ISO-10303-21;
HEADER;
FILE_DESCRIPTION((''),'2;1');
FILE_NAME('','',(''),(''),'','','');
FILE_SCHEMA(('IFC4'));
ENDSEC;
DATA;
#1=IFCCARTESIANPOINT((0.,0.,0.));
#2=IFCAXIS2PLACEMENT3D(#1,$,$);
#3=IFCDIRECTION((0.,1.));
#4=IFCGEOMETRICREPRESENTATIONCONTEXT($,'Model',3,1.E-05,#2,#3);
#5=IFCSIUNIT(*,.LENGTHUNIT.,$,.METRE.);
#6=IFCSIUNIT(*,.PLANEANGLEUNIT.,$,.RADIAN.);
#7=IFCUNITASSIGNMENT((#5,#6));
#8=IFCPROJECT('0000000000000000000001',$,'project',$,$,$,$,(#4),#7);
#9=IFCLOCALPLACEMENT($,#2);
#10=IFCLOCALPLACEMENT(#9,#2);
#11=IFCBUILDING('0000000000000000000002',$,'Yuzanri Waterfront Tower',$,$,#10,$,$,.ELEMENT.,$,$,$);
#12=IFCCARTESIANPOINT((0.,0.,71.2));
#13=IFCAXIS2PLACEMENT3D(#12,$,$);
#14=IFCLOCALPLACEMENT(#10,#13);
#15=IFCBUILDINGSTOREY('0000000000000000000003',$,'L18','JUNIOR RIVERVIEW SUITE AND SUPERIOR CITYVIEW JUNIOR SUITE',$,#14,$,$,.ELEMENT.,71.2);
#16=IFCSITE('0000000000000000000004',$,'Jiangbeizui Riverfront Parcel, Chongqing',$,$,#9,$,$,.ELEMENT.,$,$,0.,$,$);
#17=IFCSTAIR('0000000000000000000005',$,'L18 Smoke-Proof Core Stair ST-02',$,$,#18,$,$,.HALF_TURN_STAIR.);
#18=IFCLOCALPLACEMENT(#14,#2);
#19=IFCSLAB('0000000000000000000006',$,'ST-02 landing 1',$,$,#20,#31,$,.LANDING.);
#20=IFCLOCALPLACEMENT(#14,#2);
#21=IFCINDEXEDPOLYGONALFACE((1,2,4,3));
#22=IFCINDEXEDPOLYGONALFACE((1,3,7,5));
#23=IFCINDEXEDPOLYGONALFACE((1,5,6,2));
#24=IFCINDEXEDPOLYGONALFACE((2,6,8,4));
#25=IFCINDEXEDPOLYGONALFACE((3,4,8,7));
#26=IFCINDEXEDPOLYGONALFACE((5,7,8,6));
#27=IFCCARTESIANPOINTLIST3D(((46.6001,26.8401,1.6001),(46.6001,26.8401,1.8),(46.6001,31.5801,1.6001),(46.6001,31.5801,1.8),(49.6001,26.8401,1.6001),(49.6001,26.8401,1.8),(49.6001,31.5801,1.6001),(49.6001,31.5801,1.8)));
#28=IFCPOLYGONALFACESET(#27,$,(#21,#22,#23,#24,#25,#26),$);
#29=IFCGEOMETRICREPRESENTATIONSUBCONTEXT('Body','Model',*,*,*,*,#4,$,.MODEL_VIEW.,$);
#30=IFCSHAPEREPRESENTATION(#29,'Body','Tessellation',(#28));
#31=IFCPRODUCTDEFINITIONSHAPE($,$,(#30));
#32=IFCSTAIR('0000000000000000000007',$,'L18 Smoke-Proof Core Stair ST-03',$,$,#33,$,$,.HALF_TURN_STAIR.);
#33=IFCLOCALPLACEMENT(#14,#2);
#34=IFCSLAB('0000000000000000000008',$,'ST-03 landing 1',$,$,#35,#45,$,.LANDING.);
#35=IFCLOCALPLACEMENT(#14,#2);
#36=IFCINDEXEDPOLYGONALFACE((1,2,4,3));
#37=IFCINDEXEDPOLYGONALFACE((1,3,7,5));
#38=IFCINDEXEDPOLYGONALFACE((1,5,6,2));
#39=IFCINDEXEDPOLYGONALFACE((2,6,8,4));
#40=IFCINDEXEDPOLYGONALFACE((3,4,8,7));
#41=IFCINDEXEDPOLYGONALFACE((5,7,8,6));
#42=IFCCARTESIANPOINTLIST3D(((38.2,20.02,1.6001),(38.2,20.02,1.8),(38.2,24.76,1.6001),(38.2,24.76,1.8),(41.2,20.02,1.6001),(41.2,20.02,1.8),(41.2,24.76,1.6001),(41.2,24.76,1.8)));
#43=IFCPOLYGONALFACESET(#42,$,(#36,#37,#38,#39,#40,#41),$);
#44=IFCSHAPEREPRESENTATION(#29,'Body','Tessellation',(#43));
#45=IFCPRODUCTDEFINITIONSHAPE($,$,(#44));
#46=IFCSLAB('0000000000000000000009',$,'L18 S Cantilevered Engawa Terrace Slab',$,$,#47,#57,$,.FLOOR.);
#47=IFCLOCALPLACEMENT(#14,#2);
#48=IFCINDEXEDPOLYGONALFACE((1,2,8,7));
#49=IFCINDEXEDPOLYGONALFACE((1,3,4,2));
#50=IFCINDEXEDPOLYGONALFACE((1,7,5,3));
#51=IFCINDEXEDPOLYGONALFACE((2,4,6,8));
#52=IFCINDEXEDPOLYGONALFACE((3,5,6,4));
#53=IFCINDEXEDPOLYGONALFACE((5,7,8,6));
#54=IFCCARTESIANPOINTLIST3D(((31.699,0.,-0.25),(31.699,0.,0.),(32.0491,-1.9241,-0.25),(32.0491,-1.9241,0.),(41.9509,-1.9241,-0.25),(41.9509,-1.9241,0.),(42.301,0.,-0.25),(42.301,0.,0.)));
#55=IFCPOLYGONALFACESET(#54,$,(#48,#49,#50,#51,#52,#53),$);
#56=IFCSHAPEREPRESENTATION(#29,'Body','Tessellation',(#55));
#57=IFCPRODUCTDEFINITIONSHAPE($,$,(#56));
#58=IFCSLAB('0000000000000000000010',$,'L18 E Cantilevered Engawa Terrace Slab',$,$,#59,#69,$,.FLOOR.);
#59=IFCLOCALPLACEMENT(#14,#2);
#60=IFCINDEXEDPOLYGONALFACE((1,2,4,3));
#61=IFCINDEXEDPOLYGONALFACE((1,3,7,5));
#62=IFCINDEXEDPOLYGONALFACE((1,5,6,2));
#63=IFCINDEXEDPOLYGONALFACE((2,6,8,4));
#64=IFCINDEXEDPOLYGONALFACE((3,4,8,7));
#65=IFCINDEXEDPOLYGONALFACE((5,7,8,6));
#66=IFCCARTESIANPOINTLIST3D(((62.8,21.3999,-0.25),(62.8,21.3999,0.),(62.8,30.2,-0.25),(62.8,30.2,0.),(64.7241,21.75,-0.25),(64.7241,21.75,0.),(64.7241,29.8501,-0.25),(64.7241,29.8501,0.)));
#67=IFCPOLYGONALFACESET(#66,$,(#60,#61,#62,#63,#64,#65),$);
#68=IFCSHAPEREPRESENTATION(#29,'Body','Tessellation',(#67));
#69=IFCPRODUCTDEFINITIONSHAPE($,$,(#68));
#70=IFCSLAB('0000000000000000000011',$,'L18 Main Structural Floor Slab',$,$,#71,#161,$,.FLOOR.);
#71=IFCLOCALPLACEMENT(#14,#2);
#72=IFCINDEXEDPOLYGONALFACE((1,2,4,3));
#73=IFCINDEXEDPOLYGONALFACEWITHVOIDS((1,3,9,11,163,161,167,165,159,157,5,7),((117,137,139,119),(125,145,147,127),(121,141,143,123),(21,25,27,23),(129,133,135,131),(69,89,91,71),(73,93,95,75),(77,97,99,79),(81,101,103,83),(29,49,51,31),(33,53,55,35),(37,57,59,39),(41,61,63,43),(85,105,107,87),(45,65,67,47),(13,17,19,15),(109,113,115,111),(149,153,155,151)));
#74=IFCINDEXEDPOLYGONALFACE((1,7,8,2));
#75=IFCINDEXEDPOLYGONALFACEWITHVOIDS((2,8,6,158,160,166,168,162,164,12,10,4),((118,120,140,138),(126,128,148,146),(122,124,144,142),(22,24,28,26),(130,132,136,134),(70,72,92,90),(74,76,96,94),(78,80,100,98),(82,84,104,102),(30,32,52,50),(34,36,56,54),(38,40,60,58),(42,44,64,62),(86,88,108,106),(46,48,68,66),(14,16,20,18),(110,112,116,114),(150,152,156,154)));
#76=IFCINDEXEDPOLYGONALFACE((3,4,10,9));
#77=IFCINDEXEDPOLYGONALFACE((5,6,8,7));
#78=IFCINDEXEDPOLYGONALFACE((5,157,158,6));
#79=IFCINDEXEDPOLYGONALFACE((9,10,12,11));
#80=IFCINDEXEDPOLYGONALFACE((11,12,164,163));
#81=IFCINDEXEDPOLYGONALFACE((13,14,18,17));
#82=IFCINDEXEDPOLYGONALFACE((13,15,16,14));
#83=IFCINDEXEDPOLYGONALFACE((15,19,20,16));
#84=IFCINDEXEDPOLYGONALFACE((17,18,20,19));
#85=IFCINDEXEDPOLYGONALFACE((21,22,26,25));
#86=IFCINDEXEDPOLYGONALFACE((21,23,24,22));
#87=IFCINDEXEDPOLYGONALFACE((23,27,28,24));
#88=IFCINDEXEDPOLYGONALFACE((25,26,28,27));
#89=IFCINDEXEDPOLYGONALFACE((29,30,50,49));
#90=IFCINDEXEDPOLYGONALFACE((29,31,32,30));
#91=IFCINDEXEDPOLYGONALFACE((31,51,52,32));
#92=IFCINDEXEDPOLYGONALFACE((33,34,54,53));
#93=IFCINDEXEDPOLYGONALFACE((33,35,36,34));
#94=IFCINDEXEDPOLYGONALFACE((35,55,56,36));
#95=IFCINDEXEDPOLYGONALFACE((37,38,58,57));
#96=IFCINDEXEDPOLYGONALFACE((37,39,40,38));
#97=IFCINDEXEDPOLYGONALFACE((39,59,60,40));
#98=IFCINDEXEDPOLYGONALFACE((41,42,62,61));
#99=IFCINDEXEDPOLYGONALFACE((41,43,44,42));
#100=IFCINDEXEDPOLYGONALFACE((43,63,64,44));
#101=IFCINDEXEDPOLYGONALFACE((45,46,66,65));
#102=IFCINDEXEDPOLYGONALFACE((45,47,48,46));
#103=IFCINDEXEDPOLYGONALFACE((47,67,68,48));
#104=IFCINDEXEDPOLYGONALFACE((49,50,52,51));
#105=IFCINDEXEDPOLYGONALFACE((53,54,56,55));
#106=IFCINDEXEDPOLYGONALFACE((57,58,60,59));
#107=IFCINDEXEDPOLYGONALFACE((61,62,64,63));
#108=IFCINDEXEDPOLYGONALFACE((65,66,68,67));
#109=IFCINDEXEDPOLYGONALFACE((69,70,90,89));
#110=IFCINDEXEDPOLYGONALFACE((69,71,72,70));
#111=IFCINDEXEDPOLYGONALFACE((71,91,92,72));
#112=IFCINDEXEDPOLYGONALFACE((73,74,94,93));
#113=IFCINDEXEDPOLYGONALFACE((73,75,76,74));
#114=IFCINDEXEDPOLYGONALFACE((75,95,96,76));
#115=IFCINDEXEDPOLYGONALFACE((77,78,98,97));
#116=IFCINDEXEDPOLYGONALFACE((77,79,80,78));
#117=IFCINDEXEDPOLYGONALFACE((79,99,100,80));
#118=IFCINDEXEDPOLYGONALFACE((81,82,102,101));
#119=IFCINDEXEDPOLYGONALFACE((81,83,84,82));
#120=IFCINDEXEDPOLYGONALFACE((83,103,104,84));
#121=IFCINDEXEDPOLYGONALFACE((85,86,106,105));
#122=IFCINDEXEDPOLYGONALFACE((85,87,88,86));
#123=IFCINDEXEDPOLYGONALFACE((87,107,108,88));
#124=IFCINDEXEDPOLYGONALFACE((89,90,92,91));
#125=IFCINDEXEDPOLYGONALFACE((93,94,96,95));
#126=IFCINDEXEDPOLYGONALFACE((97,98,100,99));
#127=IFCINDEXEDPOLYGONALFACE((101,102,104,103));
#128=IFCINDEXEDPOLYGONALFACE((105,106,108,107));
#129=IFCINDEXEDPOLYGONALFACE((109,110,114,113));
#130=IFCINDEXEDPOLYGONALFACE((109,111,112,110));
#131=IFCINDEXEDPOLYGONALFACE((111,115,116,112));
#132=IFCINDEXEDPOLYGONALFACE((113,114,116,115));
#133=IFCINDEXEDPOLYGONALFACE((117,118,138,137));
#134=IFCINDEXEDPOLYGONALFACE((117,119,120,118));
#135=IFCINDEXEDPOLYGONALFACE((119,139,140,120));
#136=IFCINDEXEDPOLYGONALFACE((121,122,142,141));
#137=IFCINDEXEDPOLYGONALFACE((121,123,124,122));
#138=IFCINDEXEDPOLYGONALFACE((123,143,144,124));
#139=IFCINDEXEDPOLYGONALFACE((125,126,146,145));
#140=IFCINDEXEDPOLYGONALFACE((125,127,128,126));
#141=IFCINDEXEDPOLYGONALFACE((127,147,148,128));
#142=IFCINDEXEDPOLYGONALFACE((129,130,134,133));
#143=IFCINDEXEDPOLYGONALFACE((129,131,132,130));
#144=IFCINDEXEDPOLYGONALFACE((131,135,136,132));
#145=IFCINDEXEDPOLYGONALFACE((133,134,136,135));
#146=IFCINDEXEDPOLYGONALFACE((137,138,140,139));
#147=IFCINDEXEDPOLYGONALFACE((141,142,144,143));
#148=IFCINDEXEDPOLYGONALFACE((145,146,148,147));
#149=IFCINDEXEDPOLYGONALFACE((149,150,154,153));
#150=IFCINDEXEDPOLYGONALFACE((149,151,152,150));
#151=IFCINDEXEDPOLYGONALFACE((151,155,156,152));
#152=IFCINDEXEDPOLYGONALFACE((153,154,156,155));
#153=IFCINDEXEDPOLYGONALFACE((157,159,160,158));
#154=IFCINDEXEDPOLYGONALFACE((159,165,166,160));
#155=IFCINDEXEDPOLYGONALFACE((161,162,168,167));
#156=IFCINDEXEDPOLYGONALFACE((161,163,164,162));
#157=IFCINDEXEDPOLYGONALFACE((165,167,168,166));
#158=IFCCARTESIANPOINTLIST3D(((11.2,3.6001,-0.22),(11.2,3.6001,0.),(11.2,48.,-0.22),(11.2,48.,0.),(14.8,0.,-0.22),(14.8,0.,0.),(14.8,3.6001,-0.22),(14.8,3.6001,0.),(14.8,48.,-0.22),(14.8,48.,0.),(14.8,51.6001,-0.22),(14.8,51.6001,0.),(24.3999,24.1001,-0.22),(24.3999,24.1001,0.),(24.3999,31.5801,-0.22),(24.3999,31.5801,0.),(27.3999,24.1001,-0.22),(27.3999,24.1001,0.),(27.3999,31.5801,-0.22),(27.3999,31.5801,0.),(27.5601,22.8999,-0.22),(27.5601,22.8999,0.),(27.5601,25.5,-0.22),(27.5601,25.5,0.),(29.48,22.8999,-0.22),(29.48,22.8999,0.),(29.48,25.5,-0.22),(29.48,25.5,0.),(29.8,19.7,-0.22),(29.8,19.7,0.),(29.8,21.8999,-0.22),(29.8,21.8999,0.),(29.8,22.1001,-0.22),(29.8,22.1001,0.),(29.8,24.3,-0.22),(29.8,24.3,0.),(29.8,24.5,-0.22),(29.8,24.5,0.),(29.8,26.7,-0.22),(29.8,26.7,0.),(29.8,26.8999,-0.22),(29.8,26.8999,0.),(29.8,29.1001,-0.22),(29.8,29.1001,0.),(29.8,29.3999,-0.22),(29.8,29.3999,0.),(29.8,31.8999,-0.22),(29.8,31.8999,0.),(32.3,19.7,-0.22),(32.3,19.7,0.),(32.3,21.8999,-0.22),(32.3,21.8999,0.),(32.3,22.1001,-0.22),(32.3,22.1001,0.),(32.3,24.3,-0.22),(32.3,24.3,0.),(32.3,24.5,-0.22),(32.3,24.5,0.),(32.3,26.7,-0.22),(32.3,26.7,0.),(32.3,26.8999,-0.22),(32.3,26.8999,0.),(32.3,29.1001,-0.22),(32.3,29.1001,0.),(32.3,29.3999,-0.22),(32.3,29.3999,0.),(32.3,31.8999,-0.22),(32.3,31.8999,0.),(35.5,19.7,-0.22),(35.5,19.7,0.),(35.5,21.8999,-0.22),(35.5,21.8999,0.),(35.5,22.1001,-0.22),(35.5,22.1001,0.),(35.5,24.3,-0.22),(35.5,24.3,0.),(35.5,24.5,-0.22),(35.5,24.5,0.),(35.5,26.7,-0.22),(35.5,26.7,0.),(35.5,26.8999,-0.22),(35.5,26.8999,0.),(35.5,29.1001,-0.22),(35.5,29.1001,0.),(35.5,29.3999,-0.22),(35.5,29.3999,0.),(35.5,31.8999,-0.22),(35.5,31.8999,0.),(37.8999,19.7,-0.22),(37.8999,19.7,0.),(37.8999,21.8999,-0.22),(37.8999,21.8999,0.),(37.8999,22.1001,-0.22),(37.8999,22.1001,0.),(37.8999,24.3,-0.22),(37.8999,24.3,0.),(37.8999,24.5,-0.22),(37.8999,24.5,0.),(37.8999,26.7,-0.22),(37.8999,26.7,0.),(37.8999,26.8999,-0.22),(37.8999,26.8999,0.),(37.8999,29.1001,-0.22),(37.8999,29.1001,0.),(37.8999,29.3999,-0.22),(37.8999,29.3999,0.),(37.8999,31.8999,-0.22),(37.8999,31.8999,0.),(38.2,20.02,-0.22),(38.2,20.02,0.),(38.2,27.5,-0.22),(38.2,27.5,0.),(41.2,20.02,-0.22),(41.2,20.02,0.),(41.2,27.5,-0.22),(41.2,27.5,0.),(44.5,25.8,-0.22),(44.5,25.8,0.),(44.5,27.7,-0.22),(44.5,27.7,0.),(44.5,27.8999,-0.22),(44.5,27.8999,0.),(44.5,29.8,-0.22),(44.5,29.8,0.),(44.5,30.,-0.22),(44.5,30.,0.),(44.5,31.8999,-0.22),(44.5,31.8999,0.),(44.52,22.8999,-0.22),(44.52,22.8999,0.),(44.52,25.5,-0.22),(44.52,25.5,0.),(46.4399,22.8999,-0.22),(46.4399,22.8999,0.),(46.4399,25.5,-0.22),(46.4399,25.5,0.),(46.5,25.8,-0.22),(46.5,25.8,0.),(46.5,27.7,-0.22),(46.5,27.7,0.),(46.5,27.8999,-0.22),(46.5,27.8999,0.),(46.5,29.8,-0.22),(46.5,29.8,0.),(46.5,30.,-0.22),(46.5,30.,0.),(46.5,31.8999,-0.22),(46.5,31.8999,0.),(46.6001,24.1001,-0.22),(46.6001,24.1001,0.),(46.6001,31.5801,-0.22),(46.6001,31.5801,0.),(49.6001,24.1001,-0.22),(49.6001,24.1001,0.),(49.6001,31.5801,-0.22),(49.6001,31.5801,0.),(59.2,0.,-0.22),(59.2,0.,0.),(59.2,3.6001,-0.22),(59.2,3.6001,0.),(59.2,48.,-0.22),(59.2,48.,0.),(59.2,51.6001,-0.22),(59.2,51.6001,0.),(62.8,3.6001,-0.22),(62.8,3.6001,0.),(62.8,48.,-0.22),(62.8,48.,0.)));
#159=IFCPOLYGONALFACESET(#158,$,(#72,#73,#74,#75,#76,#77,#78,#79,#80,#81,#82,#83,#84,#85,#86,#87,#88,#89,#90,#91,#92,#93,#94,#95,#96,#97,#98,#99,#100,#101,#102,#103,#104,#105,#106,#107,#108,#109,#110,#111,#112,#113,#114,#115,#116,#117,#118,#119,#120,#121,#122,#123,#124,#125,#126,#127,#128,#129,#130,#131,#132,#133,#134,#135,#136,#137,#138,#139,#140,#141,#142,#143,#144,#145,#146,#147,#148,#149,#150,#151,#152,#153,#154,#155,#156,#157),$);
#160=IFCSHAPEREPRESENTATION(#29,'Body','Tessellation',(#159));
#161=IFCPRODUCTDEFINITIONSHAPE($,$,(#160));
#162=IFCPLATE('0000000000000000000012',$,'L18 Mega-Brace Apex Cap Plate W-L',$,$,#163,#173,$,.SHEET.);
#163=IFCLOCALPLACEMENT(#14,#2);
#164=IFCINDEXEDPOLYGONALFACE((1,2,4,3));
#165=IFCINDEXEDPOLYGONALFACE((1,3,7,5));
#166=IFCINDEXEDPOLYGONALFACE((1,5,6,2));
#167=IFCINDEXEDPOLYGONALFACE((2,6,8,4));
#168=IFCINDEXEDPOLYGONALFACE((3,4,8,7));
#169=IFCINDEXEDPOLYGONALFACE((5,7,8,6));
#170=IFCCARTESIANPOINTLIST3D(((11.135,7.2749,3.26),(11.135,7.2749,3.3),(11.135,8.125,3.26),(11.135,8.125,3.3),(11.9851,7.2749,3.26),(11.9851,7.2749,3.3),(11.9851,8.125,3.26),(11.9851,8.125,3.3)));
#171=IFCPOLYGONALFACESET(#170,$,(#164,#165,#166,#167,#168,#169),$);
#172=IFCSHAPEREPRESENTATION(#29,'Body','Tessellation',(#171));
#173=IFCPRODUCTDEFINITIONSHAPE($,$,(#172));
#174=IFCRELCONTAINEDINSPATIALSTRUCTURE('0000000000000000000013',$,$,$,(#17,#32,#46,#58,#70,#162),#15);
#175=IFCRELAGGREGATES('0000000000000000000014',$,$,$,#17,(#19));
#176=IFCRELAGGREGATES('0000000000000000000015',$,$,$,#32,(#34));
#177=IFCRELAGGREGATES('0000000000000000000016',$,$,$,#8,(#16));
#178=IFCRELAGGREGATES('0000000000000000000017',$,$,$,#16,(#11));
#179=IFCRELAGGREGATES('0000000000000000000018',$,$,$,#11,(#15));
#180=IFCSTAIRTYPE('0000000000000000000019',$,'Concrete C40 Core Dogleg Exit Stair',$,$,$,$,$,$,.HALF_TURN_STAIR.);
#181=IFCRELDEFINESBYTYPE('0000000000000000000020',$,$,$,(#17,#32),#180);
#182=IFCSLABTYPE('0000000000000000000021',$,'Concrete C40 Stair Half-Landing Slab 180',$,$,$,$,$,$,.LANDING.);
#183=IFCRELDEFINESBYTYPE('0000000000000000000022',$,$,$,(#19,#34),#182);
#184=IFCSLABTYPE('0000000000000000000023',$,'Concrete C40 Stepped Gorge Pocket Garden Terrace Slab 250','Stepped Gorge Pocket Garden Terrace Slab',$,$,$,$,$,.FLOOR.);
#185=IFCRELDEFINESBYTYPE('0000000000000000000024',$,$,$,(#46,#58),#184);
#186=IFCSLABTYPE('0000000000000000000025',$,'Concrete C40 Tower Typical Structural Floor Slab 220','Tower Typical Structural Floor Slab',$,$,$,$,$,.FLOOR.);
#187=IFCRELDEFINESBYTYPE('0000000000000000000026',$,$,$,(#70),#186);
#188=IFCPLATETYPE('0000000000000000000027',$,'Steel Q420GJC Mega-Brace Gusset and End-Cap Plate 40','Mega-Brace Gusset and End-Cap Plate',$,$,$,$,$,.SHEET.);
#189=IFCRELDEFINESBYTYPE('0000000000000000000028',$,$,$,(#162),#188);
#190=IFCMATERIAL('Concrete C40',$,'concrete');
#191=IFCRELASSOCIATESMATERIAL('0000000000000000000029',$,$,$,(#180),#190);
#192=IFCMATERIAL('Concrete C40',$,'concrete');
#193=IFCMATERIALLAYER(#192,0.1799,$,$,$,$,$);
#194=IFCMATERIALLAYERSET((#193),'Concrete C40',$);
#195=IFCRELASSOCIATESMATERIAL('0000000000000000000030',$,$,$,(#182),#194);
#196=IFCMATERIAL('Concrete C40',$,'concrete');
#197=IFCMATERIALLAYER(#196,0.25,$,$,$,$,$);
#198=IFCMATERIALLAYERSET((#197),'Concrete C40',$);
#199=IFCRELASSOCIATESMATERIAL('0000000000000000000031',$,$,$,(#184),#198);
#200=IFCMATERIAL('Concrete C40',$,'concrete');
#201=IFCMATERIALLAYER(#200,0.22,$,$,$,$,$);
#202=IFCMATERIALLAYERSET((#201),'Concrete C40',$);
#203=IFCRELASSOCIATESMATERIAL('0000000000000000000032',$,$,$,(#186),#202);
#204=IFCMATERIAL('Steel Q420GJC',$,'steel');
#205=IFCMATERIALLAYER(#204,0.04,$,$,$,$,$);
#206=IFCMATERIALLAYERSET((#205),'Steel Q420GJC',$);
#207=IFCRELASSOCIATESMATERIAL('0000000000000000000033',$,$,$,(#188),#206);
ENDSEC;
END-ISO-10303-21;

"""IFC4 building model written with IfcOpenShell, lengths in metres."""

from ifc_helpers import new_model, si_unit, direction, frame, origin, origin_2d, place, context, subcontext, project, spatial, polyline, rectangle, outline, extrude, source, transform, mapped, material, layer, layer_set, type_object, element, aggregate, save


model = new_model("IFC4")

# Units and contexts
model_context = context("Model", 3, precision=1e-05, world=origin(), true_north=direction((0.0, 1.0)))
body_context = subcontext(model_context, "Body", "Model", "MODEL_VIEW")
ifc_project = project(units=[si_unit("LENGTHUNIT", "METRE"), si_unit("PLANEANGLEUNIT", "RADIAN")], contexts=[model_context])

# Site, building, storey
site_placement = place(None, origin())
site = spatial("IfcSite", under=ifc_project, at=site_placement, Name="Jiangbeizui Riverfront Parcel, Chongqing", CompositionType="ELEMENT", RefElevation=0.0)
building_placement = place(site_placement, origin())
building = spatial("IfcBuilding", under=site, at=building_placement, Name="Yuzanri Waterfront Tower", CompositionType="ELEMENT")
storey_placement = place(building_placement, frame((0.0, 0.0, 71.2)))
storey = spatial("IfcBuildingStorey", under=building, at=storey_placement, Name="L18", Description="JUNIOR RIVERVIEW SUITE AND SUPERIOR CITYVIEW JUNIOR SUITE", CompositionType="ELEMENT", Elevation=71.2)

# Stairs, slabs
ifc_material_1 = material(Name="Concrete C40", Category="concrete")
stair_type = type_object("IfcStairType", Name="Concrete C40 Core Dogleg Exit Stair", PredefinedType="HALF_TURN_STAIR", material=ifc_material_1)
ifc_material_2 = material(Name="Concrete C40", Category="concrete")
ifc_layer_1 = layer(ifc_material_2, 0.1799)
ifc_layer_set_1 = layer_set([ifc_layer_1], Name="Concrete C40")
slab_type_1 = type_object("IfcSlabType", Name="Concrete C40 Stair Half-Landing Slab 180", PredefinedType="LANDING", material=ifc_layer_set_1)
stair_1_placement = place(storey_placement, origin())
stair_1 = element("IfcStair", 1, at=stair_1_placement, inside=storey, type_object=stair_type, Name="L18 Smoke-Proof Core Stair ST-02", PredefinedType="HALF_TURN_STAIR")
slab_1_placement = place(storey_placement, frame((0.0, 0.0, 1.6001)))
slab_1 = element("IfcSlab", 2, at=slab_1_placement, type_object=slab_type_1, Name="ST-02 landing 1", PredefinedType="LANDING", context=body_context, shape_type="SweptSolid", body=[
    extrude(outline(polyline([(49.6001, 26.8401), (49.6001, 31.5801), (46.6001, 31.5801), (46.6001, 26.8401), (49.6001, 26.8401)])), origin(), (0.0, 0.0, 1.0), 0.2),
])
aggregate(stair_1, [slab_1])
stair_2_placement = place(storey_placement, origin())
stair_2 = element("IfcStair", 3, at=stair_2_placement, inside=storey, type_object=stair_type, Name="L18 Smoke-Proof Core Stair ST-03", PredefinedType="HALF_TURN_STAIR")
slab_2_placement = place(storey_placement, frame((0.0, 0.0, 1.6001)))
slab_2 = element("IfcSlab", 4, at=slab_2_placement, type_object=slab_type_1, Name="ST-03 landing 1", PredefinedType="LANDING", context=body_context, shape_type="SweptSolid", body=[
    extrude(outline(polyline([(38.2, 24.76), (38.2, 20.02), (41.2, 20.02), (41.2, 24.76), (38.2, 24.76)])), origin(), (0.0, 0.0, 1.0), 0.2),
])
aggregate(stair_2, [slab_2])

# Slabs
ifc_material_3 = material(Name="Concrete C40", Category="concrete")
ifc_layer_2 = layer(ifc_material_3, 0.25)
ifc_layer_set_2 = layer_set([ifc_layer_2], Name="Concrete C40")
slab_type_2 = type_object("IfcSlabType", Name="Concrete C40 Stepped Gorge Pocket Garden Terrace Slab 250", Description="Stepped Gorge Pocket Garden Terrace Slab", PredefinedType="FLOOR", material=ifc_layer_set_2)
slab_3_placement = place(storey_placement, frame((0.0, 0.0, -0.25)))
element("IfcSlab", 5, at=slab_3_placement, inside=storey, type_object=slab_type_2, Name="L18 S Cantilevered Engawa Terrace Slab", PredefinedType="FLOOR", context=body_context, shape_type="SweptSolid", body=[
    extrude(outline(polyline([(31.699, 0.0), (42.301, 0.0), (41.9509, -1.9241), (32.0491, -1.9241), (31.699, 0.0)])), origin(), (0.0, 0.0, 1.0), 0.25),
])
slab_4_placement = place(storey_placement, frame((0.0, 0.0, -0.25)))
element("IfcSlab", 6, at=slab_4_placement, inside=storey, type_object=slab_type_2, Name="L18 E Cantilevered Engawa Terrace Slab", PredefinedType="FLOOR", context=body_context, shape_type="SweptSolid", body=[
    extrude(outline(polyline([(62.8, 21.3999), (64.7241, 21.75), (64.7241, 29.8501), (62.8, 30.2), (62.8, 21.3999)])), origin(), (0.0, 0.0, 1.0), 0.25),
])
ifc_material_4 = material(Name="Concrete C40", Category="concrete")
ifc_layer_3 = layer(ifc_material_4, 0.22)
ifc_layer_set_3 = layer_set([ifc_layer_3], Name="Concrete C40")
slab_type_3 = type_object("IfcSlabType", Name="Concrete C40 Tower Typical Structural Floor Slab 220", Description="Tower Typical Structural Floor Slab", PredefinedType="FLOOR", material=ifc_layer_set_3)
slab_5_placement = place(storey_placement, frame((0.0, 0.0, -0.22)))
element("IfcSlab", 7, at=slab_5_placement, inside=storey, type_object=slab_type_3, Name="L18 Main Structural Floor Slab", PredefinedType="FLOOR", context=body_context, shape_type="SweptSolid", body=[
    extrude(outline(polyline([(14.8, 0.0), (59.2, 0.0), (59.2, 3.6001), (62.8, 3.6001), (62.8, 48.0), (59.2, 48.0), (59.2, 51.6001), (14.8, 51.6001), (14.8, 48.0), (11.2, 48.0), (11.2, 3.6001), (14.8, 3.6001), (14.8, 0.0)]), holes=[polyline([(27.3999, 24.1001), (27.3999, 31.5801), (24.3999, 31.5801), (24.3999, 24.1001), (27.3999, 24.1001)]), polyline([(49.6001, 24.1001), (49.6001, 31.5801), (46.6001, 31.5801), (46.6001, 24.1001), (49.6001, 24.1001)]), polyline([(38.2, 27.5), (38.2, 20.02), (41.2, 20.02), (41.2, 27.5), (38.2, 27.5)]), polyline([(27.5601, 22.8999), (29.48, 22.8999), (29.48, 25.5), (27.5601, 25.5), (27.5601, 22.8999)]), polyline([(44.52, 22.8999), (46.4399, 22.8999), (46.4399, 25.5), (44.52, 25.5), (44.52, 22.8999)]), polyline([(29.8, 19.7), (32.3, 19.7), (32.3, 21.8999), (29.8, 21.8999), (29.8, 19.7)]), polyline([(29.8, 22.1001), (32.3, 22.1001), (32.3, 24.3), (29.8, 24.3), (29.8, 22.1001)]), polyline([(29.8, 24.5), (32.3, 24.5), (32.3, 26.7), (29.8, 26.7), (29.8, 24.5)]), polyline([(29.8, 26.8999), (32.3, 26.8999), (32.3, 29.1001), (29.8, 29.1001), (29.8, 26.8999)]), polyline([(29.8, 29.3999), (32.3, 29.3999), (32.3, 31.8999), (29.8, 31.8999), (29.8, 29.3999)]), polyline([(35.5, 19.7), (37.8999, 19.7), (37.8999, 21.8999), (35.5, 21.8999), (35.5, 19.7)]), polyline([(35.5, 22.1001), (37.8999, 22.1001), (37.8999, 24.3), (35.5, 24.3), (35.5, 22.1001)]), polyline([(35.5, 24.5), (37.8999, 24.5), (37.8999, 26.7), (35.5, 26.7), (35.5, 24.5)]), polyline([(35.5, 26.8999), (37.8999, 26.8999), (37.8999, 29.1001), (35.5, 29.1001), (35.5, 26.8999)]), polyline([(35.5, 29.3999), (37.8999, 29.3999), (37.8999, 31.8999), (35.5, 31.8999), (35.5, 29.3999)]), polyline([(44.5, 25.8), (46.5, 25.8), (46.5, 27.7), (44.5, 27.7), (44.5, 25.8)]), polyline([(44.5, 27.8999), (46.5, 27.8999), (46.5, 29.8), (44.5, 29.8), (44.5, 27.8999)]), polyline([(44.5, 30.0), (46.5, 30.0), (46.5, 31.8999), (44.5, 31.8999), (44.5, 30.0)])]), origin(), (0.0, 0.0, 1.0), 0.22),
])

# Plate
ifc_material_5 = material(Name="Steel Q420GJC", Category="steel")
ifc_layer_4 = layer(ifc_material_5, 0.04)
ifc_layer_set_4 = layer_set([ifc_layer_4], Name="Steel Q420GJC")
plate_type_1 = type_object("IfcPlateType", Name="Steel Q420GJC Mega-Brace Gusset and End-Cap Plate 40", Description="Mega-Brace Gusset and End-Cap Plate", PredefinedType="SHEET", material=ifc_layer_set_4)
shared_shape_1 = source(origin(), body_context, "Body", "SweptSolid", [
    extrude(rectangle(XDim=0.8501, YDim=0.8501, at=origin_2d()), origin(), (0.0, 0.0, 1.0), 0.04),
])
plate_1_placement = place(storey_placement, frame((11.5601, 7.7, 3.26), z_axis=(0.0, 0.0, 1.0), x_axis=(1.0, 0.0, 0.0)))
element("IfcPlate", 8, at=plate_1_placement, inside=storey, type_object=plate_type_1, Name="L18 Mega-Brace Apex Cap Plate W-L", PredefinedType="SHEET", context=body_context, shape_type="MappedRepresentation", body=[
    mapped(shared_shape_1, transform((0.0, 0.0, 0.0), scale=1.0)),
])

save(model, "model.ifc")
